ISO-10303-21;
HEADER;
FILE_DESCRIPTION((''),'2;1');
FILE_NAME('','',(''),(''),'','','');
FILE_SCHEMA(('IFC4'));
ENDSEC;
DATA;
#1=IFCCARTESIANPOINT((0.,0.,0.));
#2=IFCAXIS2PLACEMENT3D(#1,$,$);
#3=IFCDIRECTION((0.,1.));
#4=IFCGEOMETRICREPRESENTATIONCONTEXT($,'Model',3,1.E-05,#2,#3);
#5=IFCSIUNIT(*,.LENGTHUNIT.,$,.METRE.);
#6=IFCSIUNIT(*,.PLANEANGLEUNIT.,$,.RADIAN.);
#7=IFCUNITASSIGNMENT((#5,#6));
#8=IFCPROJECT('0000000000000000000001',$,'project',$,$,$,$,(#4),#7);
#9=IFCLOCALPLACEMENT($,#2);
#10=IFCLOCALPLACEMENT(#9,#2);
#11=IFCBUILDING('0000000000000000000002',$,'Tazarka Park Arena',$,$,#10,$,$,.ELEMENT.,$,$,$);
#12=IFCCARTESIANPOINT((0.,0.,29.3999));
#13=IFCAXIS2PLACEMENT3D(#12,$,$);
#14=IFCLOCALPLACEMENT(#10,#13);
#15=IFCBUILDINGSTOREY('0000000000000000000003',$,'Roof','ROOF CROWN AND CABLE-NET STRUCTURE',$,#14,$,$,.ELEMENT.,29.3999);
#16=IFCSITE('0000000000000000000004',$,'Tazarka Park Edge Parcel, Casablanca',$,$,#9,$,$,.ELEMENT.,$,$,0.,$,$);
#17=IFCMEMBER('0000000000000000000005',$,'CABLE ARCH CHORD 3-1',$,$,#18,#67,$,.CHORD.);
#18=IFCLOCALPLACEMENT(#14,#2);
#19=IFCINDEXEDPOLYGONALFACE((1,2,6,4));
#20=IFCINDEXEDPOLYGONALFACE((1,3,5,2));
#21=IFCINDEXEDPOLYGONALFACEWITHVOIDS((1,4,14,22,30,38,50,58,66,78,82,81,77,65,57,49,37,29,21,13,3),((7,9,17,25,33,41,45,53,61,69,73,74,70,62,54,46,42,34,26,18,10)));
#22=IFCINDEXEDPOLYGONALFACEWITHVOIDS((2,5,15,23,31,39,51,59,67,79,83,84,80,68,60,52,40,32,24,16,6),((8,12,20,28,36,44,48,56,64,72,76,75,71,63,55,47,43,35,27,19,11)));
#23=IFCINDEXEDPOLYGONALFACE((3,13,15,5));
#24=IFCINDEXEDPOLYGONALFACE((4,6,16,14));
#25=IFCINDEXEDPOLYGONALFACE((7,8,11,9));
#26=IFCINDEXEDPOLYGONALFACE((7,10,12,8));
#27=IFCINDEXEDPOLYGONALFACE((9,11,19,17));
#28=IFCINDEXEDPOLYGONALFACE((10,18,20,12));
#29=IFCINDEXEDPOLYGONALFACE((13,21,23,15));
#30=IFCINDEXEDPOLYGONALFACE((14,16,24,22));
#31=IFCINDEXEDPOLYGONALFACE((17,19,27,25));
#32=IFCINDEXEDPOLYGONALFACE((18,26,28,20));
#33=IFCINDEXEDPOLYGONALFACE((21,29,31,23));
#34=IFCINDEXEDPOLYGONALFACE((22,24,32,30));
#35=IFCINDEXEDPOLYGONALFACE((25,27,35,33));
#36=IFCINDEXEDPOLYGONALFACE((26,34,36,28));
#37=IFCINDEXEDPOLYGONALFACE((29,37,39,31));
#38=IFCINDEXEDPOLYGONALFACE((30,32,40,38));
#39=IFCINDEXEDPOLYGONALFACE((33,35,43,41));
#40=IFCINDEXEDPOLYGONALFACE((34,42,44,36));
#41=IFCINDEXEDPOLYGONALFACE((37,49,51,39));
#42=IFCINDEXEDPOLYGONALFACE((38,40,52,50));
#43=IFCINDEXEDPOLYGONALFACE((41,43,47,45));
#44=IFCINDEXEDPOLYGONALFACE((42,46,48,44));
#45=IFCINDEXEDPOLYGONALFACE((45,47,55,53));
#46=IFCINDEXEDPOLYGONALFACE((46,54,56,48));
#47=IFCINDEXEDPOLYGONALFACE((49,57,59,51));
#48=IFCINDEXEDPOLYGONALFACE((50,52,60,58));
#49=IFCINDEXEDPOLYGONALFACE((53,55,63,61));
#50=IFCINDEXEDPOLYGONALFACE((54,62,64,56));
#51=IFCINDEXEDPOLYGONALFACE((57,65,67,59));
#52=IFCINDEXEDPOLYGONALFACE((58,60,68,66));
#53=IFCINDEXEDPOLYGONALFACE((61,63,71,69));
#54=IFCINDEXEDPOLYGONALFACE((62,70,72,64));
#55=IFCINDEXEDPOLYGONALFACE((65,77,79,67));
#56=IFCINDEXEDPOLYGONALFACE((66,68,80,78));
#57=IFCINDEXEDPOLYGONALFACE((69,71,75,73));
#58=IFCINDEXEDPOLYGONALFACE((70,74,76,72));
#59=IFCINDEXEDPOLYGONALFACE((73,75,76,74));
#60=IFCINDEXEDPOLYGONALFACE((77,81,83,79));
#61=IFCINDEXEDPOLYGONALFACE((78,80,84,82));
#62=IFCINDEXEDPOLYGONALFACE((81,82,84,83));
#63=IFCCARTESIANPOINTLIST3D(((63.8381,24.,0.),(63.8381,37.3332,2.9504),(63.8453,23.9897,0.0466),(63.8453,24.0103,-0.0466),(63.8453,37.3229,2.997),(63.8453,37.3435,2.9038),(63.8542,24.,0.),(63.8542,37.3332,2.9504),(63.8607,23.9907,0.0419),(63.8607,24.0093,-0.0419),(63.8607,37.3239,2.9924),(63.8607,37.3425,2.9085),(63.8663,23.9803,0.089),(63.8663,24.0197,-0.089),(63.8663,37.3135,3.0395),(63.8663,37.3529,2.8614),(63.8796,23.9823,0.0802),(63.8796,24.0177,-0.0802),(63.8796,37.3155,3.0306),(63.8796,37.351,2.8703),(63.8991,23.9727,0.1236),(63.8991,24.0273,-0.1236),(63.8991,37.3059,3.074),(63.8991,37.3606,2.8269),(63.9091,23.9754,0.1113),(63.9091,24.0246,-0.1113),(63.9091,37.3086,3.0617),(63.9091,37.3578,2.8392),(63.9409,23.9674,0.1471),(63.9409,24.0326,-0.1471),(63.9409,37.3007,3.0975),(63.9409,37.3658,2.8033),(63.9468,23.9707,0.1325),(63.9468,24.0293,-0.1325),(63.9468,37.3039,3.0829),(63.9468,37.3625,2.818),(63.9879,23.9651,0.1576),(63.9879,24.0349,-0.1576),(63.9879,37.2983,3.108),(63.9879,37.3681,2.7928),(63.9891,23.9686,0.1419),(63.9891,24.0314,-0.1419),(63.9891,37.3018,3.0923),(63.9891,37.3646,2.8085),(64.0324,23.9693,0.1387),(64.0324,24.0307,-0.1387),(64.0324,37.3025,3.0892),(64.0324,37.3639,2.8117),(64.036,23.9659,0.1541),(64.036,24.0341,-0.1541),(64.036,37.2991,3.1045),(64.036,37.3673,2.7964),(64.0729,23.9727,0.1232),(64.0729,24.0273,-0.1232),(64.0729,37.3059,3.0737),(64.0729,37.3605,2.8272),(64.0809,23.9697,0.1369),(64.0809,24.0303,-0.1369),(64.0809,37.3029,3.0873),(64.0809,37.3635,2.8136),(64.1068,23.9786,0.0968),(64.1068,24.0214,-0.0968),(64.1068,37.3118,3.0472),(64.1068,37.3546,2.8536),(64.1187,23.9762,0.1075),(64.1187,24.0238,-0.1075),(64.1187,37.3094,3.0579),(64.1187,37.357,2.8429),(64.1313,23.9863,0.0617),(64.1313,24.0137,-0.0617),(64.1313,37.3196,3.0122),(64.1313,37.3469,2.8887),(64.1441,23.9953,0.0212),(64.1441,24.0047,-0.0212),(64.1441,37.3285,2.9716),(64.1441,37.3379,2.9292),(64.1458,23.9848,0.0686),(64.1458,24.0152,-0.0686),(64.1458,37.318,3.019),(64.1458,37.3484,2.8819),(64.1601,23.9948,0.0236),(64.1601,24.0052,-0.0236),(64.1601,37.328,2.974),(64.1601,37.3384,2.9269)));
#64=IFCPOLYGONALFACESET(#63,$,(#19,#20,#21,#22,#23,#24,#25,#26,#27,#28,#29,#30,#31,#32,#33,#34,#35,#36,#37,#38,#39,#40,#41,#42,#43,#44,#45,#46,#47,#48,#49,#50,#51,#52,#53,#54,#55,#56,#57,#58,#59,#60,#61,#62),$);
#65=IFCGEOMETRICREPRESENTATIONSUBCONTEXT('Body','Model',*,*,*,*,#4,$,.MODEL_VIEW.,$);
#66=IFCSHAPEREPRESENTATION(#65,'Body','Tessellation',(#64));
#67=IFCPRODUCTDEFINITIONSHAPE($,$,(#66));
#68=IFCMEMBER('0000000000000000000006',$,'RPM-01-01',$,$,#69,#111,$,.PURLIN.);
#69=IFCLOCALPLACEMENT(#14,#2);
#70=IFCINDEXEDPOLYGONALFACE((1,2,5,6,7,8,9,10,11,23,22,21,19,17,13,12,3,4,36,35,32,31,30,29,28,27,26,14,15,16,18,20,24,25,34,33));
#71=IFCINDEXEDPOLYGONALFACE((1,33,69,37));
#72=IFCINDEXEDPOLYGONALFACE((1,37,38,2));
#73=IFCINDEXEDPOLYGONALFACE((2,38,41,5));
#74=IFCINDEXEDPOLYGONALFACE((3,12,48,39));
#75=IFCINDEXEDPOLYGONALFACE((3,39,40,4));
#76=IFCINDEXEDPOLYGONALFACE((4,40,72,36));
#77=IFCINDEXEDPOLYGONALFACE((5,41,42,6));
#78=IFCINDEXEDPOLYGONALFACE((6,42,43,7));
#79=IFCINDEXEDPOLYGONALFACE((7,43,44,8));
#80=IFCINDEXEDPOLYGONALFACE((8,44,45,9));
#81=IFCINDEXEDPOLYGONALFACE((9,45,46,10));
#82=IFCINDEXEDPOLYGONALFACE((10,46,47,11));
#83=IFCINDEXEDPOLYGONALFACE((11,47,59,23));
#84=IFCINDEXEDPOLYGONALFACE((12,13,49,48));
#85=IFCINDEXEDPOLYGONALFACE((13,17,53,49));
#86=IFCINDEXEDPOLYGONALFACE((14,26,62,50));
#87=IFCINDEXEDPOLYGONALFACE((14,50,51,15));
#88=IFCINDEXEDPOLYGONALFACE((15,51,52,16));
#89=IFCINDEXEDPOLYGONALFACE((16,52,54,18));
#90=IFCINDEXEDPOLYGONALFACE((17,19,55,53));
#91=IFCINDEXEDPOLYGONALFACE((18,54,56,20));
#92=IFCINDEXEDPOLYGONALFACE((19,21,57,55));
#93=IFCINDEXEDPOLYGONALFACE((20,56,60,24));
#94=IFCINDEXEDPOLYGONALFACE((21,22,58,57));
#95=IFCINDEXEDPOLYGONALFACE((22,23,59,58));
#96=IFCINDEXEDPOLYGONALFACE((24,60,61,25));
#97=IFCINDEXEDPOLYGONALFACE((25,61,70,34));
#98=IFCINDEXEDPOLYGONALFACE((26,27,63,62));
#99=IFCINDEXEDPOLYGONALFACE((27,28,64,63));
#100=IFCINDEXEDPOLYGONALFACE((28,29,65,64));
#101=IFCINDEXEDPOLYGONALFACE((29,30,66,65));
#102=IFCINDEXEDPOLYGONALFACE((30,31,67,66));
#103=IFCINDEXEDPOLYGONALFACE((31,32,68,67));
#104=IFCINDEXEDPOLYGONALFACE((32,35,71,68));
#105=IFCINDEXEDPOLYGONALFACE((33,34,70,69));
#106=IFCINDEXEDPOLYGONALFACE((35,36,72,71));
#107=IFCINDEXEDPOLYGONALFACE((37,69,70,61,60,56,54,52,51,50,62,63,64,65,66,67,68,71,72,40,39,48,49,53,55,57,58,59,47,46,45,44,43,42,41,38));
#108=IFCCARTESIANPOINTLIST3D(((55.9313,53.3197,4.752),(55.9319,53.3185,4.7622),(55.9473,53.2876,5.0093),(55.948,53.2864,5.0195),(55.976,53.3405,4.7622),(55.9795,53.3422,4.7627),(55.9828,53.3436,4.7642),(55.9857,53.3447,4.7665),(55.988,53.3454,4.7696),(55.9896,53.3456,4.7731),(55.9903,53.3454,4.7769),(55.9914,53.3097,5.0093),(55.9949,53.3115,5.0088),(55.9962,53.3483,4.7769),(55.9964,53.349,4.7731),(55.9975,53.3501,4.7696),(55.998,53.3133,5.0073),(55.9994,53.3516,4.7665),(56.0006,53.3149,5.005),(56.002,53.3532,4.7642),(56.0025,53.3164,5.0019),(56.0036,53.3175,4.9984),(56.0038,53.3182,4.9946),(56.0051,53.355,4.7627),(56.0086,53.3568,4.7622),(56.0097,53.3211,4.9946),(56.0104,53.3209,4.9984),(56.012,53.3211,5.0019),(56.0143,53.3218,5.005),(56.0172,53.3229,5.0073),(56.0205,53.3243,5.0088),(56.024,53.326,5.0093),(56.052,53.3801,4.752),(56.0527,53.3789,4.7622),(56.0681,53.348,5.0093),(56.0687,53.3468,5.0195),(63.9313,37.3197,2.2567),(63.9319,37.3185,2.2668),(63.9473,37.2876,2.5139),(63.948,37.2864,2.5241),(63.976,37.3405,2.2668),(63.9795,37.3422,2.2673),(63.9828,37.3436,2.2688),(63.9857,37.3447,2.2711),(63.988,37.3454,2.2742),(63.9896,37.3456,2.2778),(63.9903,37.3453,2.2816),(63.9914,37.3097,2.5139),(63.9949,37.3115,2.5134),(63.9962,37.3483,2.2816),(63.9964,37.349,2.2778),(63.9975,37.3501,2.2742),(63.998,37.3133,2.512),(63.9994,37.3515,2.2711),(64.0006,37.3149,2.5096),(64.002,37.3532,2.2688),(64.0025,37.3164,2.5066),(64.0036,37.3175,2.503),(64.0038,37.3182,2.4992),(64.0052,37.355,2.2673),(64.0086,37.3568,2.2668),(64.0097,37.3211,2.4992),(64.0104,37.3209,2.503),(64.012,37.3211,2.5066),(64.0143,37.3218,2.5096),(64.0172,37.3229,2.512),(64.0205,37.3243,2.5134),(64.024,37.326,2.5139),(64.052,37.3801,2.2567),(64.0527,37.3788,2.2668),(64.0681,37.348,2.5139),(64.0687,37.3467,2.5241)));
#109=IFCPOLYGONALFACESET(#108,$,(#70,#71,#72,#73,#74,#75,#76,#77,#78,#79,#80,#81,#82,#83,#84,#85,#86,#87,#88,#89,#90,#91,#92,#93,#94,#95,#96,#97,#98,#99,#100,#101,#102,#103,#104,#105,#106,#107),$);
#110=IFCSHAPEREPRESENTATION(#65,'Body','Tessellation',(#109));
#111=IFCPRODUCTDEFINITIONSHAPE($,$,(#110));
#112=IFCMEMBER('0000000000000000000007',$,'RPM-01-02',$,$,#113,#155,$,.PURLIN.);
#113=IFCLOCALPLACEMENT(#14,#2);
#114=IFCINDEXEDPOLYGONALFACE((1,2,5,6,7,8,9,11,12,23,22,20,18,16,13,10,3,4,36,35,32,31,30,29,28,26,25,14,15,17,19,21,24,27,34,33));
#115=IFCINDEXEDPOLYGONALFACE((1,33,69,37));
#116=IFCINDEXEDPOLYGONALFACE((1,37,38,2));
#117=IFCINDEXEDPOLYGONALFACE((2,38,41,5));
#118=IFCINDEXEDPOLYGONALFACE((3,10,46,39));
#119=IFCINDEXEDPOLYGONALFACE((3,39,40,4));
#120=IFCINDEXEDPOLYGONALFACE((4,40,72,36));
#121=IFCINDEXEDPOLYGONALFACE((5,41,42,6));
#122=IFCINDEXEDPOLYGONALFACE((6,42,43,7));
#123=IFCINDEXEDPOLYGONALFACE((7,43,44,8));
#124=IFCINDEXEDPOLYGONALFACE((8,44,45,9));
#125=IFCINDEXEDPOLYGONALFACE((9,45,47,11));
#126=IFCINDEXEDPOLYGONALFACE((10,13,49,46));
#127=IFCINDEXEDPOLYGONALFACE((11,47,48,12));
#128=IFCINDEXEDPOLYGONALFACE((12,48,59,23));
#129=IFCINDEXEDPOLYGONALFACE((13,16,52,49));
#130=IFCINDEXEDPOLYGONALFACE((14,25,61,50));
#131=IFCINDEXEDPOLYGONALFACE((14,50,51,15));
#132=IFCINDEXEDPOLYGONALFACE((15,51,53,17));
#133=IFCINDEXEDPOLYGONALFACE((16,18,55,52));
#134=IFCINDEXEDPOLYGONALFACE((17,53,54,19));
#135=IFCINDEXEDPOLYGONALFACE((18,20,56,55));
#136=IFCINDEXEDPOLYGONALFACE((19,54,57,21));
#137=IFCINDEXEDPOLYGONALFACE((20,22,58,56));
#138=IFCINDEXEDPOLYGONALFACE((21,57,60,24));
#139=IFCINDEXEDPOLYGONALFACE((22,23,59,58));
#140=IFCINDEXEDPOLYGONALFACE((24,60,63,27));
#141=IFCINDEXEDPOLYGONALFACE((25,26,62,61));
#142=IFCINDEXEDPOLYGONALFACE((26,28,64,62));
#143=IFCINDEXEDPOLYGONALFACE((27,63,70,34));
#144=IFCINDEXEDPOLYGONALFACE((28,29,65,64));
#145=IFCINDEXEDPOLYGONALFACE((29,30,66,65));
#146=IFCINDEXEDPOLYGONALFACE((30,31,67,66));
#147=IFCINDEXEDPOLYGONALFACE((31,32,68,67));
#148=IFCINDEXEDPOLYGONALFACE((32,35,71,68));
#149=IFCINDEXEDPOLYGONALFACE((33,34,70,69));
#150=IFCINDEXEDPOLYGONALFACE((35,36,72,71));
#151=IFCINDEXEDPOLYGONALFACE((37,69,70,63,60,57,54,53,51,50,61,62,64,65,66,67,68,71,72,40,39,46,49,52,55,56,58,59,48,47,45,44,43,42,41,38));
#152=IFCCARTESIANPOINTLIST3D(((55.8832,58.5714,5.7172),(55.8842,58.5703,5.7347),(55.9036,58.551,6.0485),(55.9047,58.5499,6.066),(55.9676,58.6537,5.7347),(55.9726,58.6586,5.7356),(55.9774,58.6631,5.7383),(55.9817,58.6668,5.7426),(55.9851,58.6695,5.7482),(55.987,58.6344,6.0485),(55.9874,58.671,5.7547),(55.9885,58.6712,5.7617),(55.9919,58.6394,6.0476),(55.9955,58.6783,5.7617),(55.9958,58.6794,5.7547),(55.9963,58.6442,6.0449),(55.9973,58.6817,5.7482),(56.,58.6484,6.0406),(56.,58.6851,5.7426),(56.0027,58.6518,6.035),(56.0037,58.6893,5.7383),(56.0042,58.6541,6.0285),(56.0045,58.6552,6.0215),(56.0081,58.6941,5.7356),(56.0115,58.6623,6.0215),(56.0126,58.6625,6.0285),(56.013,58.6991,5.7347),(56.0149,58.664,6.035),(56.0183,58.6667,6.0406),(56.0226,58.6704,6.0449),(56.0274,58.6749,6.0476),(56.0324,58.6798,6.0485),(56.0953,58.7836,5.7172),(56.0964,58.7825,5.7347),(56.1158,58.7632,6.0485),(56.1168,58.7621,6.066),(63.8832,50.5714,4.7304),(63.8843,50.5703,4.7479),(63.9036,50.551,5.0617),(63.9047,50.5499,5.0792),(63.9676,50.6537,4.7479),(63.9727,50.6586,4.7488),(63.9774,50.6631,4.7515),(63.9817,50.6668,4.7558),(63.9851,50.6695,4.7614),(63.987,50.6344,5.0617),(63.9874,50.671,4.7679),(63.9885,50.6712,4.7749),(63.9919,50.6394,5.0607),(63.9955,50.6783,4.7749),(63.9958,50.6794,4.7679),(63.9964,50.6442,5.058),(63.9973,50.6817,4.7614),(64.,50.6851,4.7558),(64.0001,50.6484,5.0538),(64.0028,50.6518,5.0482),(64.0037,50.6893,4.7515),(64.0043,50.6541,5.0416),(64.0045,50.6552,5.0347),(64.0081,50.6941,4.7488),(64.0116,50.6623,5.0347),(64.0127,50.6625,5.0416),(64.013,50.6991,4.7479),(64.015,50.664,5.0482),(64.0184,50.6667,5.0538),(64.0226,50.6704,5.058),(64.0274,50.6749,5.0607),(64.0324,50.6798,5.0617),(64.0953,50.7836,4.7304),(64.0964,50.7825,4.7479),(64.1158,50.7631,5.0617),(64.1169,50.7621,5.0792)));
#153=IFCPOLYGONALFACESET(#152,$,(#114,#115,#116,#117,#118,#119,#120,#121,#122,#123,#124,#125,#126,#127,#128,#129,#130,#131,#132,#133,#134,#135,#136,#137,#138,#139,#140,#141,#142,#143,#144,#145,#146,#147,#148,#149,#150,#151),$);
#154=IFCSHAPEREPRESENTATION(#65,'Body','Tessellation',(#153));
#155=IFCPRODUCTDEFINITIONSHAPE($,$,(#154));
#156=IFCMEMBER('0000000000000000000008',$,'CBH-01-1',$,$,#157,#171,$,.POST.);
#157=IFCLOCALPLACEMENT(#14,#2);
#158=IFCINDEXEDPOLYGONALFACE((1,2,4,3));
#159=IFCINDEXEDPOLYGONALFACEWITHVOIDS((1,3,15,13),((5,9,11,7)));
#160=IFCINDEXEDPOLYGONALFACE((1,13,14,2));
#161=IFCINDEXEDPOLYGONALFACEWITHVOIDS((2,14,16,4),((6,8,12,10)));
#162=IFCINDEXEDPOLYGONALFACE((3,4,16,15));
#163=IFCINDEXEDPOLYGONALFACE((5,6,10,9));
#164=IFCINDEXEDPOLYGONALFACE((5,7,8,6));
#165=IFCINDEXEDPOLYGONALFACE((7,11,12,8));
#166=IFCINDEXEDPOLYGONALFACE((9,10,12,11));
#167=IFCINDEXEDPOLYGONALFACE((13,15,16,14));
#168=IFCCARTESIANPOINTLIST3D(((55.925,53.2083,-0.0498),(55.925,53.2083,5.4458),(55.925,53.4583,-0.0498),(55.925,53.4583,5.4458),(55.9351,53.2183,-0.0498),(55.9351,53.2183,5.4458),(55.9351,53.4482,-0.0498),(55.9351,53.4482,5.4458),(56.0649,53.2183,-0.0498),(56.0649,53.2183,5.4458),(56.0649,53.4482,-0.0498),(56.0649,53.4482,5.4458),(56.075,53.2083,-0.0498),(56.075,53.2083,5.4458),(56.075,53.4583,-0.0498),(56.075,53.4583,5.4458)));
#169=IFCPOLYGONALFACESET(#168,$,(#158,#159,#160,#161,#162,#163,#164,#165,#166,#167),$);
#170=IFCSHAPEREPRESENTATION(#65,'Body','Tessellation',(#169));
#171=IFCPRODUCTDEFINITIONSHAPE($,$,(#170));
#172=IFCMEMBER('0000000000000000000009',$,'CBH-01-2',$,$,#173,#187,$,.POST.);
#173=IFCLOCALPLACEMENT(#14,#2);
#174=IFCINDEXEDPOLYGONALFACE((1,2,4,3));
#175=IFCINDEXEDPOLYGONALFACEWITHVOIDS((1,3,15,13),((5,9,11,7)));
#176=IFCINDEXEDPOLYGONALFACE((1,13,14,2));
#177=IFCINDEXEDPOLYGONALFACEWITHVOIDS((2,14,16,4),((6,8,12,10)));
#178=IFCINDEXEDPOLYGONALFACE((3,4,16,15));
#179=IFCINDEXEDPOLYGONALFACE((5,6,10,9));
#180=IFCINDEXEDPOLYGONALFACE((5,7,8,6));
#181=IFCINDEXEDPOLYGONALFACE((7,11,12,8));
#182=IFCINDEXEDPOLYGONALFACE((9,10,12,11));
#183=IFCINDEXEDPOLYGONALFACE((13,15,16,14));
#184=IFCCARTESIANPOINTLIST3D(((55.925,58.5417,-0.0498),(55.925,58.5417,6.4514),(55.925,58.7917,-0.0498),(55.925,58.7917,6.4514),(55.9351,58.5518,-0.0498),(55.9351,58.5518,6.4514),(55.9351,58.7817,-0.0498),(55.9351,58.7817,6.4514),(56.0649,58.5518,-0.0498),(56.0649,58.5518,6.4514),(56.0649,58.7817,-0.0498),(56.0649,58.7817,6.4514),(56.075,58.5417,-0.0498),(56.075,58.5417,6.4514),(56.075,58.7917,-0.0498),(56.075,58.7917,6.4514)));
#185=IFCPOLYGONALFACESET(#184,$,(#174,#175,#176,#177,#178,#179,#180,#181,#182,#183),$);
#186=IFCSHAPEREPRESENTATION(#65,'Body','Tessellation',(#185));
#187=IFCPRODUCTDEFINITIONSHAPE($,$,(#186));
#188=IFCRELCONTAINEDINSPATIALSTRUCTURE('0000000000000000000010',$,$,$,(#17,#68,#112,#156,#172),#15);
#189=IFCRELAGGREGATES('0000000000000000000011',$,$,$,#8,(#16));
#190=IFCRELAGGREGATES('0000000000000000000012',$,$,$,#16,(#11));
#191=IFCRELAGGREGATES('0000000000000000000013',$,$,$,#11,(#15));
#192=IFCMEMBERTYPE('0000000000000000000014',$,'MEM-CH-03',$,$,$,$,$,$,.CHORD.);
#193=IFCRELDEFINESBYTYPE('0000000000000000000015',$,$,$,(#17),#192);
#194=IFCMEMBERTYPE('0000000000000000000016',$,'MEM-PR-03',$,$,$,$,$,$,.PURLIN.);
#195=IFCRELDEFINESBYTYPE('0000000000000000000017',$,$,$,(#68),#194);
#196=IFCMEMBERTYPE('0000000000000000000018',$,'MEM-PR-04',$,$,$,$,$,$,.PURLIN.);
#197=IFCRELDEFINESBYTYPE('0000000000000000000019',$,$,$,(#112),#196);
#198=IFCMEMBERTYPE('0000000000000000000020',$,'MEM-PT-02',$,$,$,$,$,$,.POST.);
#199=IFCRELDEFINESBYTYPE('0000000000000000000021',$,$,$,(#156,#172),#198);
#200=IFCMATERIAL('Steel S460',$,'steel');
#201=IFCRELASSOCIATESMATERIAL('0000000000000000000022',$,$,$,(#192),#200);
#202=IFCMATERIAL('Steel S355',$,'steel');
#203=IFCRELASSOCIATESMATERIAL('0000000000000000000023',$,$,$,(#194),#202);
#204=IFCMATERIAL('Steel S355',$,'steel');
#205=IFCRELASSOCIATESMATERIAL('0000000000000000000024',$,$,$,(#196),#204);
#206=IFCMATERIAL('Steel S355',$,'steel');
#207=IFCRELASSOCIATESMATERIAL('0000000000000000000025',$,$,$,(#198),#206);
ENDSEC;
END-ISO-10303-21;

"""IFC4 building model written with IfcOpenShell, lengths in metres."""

from ifc_helpers import new_model, si_unit, direction, frame, origin, origin_2d, place, context, subcontext, project, spatial, hollow_rectangle, hollow_circle, i_section, extrude, material, material_profile, profile_set, type_object, element, save


model = new_model("IFC4")

# Units and contexts
model_context = context("Model", 3, precision=1e-05, world=origin(), true_north=direction((0.0, 1.0)))
body_context = subcontext(model_context, "Body", "Model", "MODEL_VIEW")
ifc_project = project(units=[si_unit("LENGTHUNIT", "METRE"), si_unit("PLANEANGLEUNIT", "RADIAN")], contexts=[model_context])

# Site, building, storey
site_placement = place(None, origin())
site = spatial("IfcSite", under=ifc_project, at=site_placement, Name="Tazarka Park Edge Parcel, Casablanca", CompositionType="ELEMENT", RefElevation=0.0)
building_placement = place(site_placement, origin())
building = spatial("IfcBuilding", under=site, at=building_placement, Name="Tazarka Park Arena", CompositionType="ELEMENT")
storey_placement = place(building_placement, frame((0.0, 0.0, 29.3999)))
storey = spatial("IfcBuildingStorey", under=building, at=storey_placement, Name="Roof", Description="ROOF CROWN AND CABLE-NET STRUCTURE", CompositionType="ELEMENT", Elevation=29.3999)

# Members
ifc_material_1 = material(Name="Steel S460", Category="steel")
ifc_material_profile_1 = material_profile(ifc_material_1, hollow_circle(Radius=0.1619, WallThickness=0.0161, at=origin_2d()), Name="Steel S460")
ifc_profile_set_1 = profile_set([ifc_material_profile_1], Name="Steel S460")
member_type_1 = type_object("IfcMemberType", Name="MEM-CH-03", PredefinedType="CHORD", material=ifc_profile_set_1)
member_1_placement = place(storey_placement, frame((64.0, 24.0, 0.0), z_axis=(0.0, 0.976381, 0.216058), x_axis=(-1.0, 0.0, 0.0)))
element("IfcMember", 1, at=member_1_placement, inside=storey, type_object=member_type_1, Name="CABLE ARCH CHORD 3-1", PredefinedType="CHORD", context=body_context, shape_type="SweptSolid", body=[
    extrude(hollow_circle(Radius=0.1619, WallThickness=0.0161, at=origin_2d()), origin(), (0.0, 0.0, 1.0), 13.6558),
])
ifc_material_2 = material(Name="Steel S355", Category="steel")
ifc_material_profile_2 = material_profile(ifc_material_2, i_section(OverallWidth=0.135, OverallDepth=0.27, WebThickness=0.0066, FlangeThickness=0.0103, FilletRadius=0.0149, at=origin_2d()), Name="Steel S355")
ifc_profile_set_2 = profile_set([ifc_material_profile_2], Name="Steel S355")
member_type_2 = type_object("IfcMemberType", Name="MEM-PR-03", PredefinedType="PURLIN", material=ifc_profile_set_2)
member_2_placement = place(storey_placement, frame((56.0, 53.3333, 4.8857), z_axis=(0.442925, -0.88585, -0.138157), x_axis=(0.894427, 0.447214, 0.0)))
element("IfcMember", 2, at=member_2_placement, inside=storey, type_object=member_type_2, Name="RPM-01-01", PredefinedType="PURLIN", context=body_context, shape_type="SweptSolid", body=[
    extrude(i_section(OverallWidth=0.135, OverallDepth=0.27, WebThickness=0.0066, FlangeThickness=0.0103, FilletRadius=0.0149, at=origin_2d()), origin(), (0.0, 0.0, 1.0), 18.0618),
])
ifc_material_3 = material(Name="Steel S355", Category="steel")
ifc_material_profile_3 = material_profile(ifc_material_3, i_section(OverallWidth=0.3, OverallDepth=0.3501, WebThickness=0.01, FlangeThickness=0.0176, FilletRadius=0.0271, at=origin_2d()), Name="Steel S355")
ifc_profile_set_3 = profile_set([ifc_material_profile_3], Name="Steel S355")
member_type_3 = type_object("IfcMemberType", Name="MEM-PR-04", PredefinedType="PURLIN", material=ifc_profile_set_3)
member_3_placement = place(storey_placement, frame((56.0, 58.6667, 5.8916), z_axis=(0.704432, -0.704432, -0.086893), x_axis=(0.707107, 0.707107, 0.0)))
element("IfcMember", 3, at=member_3_placement, inside=storey, type_object=member_type_3, Name="RPM-01-02", PredefinedType="PURLIN", context=body_context, shape_type="SweptSolid", body=[
    extrude(i_section(OverallWidth=0.3, OverallDepth=0.3501, WebThickness=0.01, FlangeThickness=0.0176, FilletRadius=0.0271, at=origin_2d()), origin(), (0.0, 0.0, 1.0), 11.3567),
])
ifc_material_4 = material(Name="Steel S355", Category="steel")
ifc_material_profile_4 = material_profile(ifc_material_4, hollow_rectangle(XDim=0.1499, YDim=0.25, WallThickness=0.01, at=origin_2d()), Name="Steel S355")
ifc_profile_set_4 = profile_set([ifc_material_profile_4], Name="Steel S355")
member_type_4 = type_object("IfcMemberType", Name="MEM-PT-02", PredefinedType="POST", material=ifc_profile_set_4)
member_4_placement = place(storey_placement, frame((56.0, 53.3333, -0.0498), z_axis=(0.0, 0.0, 1.0), x_axis=(1.0, 0.0, 0.0)))
element("IfcMember", 4, at=member_4_placement, inside=storey, type_object=member_type_4, Name="CBH-01-1", PredefinedType="POST", context=body_context, shape_type="SweptSolid", body=[
    extrude(hollow_rectangle(XDim=0.1499, YDim=0.25, WallThickness=0.01, at=origin_2d()), origin(), (0.0, 0.0, 1.0), 5.4956),
])
member_5_placement = place(storey_placement, frame((56.0, 58.6667, -0.0498), z_axis=(0.0, 0.0, 1.0), x_axis=(1.0, 0.0, 0.0)))
element("IfcMember", 5, at=member_5_placement, inside=storey, type_object=member_type_4, Name="CBH-01-2", PredefinedType="POST", context=body_context, shape_type="SweptSolid", body=[
    extrude(hollow_rectangle(XDim=0.1499, YDim=0.25, WallThickness=0.01, at=origin_2d()), origin(), (0.0, 0.0, 1.0), 6.5012),
])

save(model, "model.ifc")
